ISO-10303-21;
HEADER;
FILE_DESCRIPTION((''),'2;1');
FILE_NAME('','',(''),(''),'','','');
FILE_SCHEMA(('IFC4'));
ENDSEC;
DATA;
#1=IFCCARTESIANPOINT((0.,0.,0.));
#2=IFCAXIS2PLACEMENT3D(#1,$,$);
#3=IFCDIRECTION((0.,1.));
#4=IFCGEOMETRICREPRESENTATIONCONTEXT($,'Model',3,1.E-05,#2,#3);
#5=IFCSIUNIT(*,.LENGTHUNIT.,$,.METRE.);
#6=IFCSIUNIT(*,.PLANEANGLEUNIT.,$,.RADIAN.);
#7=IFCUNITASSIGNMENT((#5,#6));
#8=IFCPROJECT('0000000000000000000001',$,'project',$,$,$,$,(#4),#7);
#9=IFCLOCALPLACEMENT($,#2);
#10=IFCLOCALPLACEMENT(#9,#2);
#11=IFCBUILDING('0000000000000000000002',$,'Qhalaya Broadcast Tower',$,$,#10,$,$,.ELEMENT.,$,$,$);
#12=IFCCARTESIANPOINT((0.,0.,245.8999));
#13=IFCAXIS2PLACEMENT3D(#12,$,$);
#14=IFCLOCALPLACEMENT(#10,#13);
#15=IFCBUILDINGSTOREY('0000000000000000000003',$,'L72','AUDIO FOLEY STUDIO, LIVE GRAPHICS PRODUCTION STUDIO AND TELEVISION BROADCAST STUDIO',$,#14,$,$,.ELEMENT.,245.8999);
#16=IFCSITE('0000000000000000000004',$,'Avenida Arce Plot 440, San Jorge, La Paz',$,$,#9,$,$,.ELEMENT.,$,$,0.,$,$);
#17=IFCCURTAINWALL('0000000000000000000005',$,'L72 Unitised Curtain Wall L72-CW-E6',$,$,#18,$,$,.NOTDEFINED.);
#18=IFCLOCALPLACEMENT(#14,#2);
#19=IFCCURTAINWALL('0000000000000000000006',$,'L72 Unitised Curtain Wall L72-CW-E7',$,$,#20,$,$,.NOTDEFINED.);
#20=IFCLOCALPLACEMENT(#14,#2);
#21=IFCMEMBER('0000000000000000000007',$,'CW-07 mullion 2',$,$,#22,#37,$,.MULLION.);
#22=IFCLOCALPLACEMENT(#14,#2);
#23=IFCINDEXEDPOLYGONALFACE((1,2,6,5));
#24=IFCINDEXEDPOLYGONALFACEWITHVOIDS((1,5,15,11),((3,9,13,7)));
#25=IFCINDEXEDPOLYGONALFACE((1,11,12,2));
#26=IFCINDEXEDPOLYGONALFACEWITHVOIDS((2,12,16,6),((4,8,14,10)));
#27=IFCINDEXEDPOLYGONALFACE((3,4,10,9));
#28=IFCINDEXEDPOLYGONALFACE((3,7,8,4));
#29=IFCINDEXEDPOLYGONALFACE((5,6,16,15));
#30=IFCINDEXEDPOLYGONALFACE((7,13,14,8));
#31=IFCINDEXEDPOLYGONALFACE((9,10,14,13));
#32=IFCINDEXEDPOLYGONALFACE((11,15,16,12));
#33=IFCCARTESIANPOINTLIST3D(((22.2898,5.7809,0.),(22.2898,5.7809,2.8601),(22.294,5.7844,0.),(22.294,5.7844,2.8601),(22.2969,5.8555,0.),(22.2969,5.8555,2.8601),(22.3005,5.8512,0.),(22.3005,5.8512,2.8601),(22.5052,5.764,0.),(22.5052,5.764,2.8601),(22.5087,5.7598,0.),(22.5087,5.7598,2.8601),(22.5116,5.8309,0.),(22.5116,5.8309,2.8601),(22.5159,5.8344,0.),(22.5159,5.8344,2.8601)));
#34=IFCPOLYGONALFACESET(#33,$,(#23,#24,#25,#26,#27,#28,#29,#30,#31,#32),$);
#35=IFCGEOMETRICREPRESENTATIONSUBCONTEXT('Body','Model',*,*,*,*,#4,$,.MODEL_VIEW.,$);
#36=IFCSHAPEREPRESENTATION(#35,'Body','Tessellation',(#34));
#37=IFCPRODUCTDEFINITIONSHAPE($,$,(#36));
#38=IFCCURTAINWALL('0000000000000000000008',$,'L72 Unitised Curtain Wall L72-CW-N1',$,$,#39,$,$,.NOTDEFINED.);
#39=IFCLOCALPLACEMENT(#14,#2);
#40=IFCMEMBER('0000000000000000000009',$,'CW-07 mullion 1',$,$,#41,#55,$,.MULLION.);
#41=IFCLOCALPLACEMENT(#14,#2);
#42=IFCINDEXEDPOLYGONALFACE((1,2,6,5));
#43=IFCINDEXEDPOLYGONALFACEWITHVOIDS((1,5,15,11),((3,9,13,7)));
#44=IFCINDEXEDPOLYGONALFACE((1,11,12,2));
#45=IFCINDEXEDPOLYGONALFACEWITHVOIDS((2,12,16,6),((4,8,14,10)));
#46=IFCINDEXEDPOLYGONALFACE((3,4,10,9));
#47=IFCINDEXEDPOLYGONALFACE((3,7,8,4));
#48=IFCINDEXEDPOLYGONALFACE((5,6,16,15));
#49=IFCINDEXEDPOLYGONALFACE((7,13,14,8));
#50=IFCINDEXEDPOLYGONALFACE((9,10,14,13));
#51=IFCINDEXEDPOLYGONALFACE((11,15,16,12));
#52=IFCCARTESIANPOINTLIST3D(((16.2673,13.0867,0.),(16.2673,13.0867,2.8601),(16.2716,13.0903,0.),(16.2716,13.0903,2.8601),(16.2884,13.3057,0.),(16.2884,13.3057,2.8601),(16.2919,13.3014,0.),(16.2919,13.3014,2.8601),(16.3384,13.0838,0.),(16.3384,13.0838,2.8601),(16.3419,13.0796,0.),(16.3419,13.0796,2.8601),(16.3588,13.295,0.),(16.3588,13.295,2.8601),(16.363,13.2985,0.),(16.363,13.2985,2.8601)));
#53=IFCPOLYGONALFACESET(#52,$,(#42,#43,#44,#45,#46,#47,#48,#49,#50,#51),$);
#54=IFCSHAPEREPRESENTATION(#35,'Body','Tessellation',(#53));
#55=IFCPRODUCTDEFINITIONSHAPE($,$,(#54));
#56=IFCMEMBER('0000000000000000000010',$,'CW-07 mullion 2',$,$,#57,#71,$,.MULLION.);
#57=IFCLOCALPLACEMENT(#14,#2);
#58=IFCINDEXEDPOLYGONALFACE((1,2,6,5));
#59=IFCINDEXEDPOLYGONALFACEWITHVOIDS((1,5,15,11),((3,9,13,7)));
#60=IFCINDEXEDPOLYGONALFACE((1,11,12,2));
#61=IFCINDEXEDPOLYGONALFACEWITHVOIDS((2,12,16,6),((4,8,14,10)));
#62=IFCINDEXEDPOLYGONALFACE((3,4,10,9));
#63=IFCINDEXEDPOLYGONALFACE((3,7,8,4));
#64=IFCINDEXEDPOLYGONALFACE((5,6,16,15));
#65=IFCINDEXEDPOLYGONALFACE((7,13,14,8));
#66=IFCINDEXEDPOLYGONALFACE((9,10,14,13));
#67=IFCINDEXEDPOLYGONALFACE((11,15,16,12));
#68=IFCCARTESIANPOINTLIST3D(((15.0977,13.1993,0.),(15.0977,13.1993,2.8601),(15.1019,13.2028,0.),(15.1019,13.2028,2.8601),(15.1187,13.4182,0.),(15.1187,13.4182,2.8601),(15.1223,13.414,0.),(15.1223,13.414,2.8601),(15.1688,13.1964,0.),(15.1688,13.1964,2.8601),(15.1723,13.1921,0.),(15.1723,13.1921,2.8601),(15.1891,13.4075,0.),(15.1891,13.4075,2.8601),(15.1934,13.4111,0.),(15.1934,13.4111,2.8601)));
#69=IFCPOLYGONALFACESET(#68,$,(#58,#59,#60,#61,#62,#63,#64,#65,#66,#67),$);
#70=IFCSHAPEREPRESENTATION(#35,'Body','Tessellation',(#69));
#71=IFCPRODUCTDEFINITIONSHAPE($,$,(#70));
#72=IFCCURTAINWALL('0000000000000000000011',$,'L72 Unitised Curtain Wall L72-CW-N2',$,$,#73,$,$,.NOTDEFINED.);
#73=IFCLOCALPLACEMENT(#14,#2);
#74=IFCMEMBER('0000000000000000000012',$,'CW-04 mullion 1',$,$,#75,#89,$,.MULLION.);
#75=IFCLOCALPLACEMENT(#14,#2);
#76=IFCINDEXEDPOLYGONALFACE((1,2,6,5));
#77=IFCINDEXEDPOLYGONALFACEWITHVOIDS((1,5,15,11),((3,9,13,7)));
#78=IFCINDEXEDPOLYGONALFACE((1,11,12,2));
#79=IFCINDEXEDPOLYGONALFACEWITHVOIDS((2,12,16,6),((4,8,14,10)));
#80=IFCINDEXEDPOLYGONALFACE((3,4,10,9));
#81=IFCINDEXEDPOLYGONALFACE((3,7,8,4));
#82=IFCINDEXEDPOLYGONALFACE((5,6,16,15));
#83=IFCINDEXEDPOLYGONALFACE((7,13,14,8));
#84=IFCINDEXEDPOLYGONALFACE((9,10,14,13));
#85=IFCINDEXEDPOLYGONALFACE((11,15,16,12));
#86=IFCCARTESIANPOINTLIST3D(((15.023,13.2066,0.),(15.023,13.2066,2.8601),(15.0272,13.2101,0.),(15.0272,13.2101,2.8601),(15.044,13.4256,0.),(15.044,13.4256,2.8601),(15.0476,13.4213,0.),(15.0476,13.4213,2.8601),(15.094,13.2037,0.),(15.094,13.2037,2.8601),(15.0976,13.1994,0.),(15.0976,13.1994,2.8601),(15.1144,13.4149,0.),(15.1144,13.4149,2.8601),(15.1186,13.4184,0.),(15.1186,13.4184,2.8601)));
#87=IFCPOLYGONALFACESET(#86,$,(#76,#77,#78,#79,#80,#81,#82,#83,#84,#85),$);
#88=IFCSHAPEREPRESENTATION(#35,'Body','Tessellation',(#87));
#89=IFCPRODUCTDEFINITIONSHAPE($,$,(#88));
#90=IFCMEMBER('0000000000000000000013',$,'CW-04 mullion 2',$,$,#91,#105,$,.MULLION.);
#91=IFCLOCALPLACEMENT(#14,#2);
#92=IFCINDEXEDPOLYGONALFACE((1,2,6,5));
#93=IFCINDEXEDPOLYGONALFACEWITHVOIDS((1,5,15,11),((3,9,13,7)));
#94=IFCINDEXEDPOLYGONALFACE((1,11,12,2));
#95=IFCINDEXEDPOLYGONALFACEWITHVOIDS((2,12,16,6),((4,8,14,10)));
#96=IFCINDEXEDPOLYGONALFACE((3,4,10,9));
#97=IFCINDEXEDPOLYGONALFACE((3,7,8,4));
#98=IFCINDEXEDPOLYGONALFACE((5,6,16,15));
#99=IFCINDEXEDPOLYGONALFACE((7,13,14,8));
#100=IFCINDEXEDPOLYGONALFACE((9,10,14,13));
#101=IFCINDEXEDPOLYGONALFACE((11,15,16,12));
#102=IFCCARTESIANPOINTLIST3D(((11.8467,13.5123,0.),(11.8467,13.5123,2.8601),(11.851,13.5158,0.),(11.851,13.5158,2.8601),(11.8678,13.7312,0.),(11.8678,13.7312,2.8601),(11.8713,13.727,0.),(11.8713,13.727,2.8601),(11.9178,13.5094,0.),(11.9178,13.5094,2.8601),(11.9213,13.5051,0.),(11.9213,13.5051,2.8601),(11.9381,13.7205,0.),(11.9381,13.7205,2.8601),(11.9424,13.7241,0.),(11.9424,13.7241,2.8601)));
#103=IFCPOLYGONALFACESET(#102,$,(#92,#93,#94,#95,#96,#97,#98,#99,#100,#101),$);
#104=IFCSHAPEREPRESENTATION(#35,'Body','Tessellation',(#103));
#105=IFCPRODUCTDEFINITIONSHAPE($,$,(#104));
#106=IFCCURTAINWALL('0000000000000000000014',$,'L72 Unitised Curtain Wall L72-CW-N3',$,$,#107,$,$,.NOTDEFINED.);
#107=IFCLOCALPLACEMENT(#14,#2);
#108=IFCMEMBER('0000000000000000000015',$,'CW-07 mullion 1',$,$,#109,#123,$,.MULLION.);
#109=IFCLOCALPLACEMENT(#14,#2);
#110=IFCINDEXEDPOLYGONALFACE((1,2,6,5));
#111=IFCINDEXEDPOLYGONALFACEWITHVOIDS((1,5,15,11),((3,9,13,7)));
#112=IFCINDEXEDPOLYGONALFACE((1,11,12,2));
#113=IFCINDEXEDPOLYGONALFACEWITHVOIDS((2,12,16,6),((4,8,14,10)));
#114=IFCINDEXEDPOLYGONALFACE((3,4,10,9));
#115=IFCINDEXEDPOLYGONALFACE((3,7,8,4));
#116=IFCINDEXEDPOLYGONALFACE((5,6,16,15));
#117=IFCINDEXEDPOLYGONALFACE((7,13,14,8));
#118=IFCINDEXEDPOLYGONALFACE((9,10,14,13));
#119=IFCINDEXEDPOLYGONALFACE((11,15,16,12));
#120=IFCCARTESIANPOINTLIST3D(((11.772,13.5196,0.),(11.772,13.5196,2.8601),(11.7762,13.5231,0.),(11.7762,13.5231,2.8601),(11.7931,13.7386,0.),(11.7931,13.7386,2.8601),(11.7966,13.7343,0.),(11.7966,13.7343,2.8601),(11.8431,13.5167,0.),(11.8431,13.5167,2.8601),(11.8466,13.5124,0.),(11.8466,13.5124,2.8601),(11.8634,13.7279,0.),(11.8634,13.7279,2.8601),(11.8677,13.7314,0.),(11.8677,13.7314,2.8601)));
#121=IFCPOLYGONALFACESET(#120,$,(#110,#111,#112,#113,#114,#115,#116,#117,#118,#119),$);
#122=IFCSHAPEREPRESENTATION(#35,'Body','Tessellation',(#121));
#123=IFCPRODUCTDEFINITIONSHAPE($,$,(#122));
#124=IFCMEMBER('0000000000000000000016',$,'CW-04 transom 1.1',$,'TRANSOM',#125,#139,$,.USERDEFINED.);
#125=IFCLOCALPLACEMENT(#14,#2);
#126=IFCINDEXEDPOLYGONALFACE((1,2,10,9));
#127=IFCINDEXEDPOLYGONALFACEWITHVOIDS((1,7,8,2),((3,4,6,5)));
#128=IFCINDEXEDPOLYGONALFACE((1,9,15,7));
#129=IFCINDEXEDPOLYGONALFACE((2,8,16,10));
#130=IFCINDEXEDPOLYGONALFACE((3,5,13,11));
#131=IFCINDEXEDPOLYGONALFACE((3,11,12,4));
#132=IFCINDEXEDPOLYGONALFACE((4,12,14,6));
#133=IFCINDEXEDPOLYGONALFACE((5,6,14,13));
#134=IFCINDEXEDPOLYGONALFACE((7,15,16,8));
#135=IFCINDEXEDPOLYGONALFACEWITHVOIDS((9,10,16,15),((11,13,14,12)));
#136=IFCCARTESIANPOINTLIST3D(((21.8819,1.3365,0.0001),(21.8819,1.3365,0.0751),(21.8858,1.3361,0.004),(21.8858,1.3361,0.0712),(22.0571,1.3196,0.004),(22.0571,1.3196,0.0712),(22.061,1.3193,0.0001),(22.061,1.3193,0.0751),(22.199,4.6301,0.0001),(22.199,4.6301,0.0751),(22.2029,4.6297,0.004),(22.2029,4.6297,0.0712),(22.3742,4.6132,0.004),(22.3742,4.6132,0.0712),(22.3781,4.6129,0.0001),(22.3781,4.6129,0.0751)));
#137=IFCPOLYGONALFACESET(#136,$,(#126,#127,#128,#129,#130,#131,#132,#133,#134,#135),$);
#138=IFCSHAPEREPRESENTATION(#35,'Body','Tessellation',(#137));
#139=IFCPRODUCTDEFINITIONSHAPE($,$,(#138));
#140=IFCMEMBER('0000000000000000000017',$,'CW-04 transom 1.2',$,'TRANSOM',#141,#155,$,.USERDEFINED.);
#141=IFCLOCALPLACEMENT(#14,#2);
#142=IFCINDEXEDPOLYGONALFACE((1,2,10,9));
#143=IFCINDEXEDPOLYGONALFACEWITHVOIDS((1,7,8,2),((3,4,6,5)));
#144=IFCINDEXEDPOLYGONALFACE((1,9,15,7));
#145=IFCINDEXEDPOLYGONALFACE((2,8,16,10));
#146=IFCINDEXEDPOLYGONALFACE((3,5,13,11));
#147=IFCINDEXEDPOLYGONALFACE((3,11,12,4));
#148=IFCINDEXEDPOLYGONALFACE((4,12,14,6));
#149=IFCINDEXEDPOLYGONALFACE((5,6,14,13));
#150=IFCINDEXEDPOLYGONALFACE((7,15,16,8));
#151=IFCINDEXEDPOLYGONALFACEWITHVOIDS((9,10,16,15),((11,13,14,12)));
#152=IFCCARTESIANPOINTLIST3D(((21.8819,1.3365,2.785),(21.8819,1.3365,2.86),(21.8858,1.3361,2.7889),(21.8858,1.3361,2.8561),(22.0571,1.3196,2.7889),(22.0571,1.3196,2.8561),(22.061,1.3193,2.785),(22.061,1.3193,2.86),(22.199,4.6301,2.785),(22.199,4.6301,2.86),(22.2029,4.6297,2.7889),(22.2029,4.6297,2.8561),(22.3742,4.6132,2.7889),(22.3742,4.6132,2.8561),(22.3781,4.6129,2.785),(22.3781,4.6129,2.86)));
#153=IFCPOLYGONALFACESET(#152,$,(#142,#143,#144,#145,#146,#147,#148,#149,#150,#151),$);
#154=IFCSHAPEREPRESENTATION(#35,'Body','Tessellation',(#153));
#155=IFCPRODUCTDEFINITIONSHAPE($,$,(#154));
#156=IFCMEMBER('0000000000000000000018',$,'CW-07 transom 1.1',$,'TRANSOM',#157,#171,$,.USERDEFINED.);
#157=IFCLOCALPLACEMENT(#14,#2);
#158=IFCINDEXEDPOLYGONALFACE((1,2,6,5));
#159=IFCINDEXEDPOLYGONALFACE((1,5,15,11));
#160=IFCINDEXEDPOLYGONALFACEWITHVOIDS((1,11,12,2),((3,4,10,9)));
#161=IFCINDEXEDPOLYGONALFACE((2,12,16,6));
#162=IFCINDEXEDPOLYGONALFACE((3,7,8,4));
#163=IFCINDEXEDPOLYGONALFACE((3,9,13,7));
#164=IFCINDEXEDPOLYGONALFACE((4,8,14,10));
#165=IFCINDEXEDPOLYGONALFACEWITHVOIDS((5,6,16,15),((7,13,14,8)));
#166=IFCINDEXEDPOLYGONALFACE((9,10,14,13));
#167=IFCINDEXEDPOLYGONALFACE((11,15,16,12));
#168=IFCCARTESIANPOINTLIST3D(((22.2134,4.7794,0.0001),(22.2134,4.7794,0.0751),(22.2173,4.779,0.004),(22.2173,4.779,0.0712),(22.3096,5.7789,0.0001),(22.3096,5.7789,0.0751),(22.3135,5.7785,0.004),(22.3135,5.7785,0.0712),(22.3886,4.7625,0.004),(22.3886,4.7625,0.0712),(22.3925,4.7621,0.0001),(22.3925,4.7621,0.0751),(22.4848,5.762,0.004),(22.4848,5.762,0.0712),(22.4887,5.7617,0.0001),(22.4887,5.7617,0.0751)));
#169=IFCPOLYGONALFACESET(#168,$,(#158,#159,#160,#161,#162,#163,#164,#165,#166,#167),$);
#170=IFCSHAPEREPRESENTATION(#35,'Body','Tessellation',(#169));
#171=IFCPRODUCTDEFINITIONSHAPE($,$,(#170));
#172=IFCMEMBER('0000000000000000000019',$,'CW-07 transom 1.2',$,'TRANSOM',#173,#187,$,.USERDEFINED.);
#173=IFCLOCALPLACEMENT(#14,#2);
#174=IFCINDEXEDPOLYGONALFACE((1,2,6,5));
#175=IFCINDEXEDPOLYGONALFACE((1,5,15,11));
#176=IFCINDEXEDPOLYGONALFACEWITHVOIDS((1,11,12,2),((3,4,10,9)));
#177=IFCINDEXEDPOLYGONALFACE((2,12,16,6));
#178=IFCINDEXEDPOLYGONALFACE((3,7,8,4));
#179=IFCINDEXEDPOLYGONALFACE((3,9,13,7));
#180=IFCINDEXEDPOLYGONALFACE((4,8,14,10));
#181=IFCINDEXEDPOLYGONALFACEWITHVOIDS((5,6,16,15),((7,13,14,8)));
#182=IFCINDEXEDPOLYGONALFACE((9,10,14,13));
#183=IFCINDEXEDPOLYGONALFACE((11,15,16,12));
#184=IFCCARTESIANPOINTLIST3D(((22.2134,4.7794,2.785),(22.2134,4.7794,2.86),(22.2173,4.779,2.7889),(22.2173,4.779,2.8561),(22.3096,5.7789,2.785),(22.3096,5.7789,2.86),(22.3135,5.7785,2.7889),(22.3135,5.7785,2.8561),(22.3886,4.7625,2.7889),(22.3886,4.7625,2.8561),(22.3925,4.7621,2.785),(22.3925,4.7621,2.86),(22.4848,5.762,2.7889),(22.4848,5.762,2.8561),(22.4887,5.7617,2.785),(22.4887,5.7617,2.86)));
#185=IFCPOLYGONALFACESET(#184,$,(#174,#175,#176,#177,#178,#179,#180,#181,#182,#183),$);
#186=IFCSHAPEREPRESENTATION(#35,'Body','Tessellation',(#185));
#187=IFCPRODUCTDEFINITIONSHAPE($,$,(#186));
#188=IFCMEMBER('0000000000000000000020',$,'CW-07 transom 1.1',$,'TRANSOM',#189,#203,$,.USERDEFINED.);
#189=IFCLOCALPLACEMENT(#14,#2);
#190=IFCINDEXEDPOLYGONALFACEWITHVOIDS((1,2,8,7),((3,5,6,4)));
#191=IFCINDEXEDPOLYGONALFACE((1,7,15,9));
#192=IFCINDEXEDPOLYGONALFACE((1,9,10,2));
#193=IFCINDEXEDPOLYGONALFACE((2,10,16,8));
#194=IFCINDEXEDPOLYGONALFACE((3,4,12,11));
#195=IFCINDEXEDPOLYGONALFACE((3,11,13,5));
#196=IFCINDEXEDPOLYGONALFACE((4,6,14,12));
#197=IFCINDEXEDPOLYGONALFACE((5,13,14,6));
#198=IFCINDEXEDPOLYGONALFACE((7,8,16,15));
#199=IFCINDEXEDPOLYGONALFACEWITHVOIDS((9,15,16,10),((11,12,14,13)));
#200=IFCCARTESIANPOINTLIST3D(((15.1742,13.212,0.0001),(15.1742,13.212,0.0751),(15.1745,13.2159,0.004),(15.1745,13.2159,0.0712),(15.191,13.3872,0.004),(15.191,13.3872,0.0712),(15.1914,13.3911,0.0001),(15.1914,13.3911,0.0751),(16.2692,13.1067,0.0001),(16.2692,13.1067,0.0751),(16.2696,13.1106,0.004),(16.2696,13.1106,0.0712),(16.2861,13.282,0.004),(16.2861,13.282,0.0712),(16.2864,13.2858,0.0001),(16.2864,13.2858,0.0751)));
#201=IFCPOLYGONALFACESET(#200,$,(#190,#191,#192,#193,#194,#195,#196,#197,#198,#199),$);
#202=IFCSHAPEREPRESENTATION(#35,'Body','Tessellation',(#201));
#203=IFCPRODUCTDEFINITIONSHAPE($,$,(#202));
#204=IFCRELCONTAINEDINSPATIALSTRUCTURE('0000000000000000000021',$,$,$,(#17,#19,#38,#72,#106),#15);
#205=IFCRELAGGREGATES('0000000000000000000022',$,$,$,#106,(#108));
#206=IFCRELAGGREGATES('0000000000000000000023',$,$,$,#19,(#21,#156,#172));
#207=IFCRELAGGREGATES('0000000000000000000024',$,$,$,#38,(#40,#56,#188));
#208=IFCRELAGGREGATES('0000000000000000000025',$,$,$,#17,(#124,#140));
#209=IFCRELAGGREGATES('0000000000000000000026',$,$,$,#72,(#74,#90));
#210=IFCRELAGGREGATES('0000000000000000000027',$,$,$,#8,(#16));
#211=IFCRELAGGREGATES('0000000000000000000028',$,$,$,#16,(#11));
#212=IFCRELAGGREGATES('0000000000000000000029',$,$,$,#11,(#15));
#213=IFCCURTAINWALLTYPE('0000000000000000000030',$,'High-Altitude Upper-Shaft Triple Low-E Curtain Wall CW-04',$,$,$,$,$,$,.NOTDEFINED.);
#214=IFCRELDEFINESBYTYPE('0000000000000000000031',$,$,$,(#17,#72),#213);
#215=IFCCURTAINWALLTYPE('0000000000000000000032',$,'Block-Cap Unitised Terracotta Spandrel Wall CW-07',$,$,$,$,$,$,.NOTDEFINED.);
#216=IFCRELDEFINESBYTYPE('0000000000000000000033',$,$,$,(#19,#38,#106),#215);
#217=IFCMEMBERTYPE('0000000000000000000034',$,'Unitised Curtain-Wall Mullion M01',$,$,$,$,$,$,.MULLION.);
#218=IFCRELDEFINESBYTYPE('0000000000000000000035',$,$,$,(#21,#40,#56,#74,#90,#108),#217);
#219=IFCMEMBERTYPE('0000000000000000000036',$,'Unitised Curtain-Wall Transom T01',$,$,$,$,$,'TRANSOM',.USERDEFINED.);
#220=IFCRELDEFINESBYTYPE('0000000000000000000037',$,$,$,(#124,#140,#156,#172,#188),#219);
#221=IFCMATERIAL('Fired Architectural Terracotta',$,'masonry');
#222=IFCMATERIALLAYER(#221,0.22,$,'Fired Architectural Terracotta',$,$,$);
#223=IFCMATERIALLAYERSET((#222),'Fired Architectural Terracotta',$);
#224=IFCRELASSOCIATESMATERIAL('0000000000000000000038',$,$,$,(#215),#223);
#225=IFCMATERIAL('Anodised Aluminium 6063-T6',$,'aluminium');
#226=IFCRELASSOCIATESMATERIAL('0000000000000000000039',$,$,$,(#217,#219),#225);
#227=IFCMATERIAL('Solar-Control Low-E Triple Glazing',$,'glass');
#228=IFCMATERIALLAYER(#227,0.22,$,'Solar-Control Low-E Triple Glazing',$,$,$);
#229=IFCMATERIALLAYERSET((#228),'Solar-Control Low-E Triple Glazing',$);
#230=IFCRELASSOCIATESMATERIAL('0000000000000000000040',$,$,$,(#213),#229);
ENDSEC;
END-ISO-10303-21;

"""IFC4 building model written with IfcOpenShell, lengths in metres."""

from ifc_helpers import new_model, si_unit, direction, frame, origin, origin_2d, place, context, subcontext, project, spatial, hollow_rectangle, extrude, material, layer, layer_set, material_profile, profile_set, type_object, element, aggregate, save


model = new_model("IFC4")

# Units and contexts
model_context = context("Model", 3, precision=1e-05, world=origin(), true_north=direction((0.0, 1.0)))
body_context = subcontext(model_context, "Body", "Model", "MODEL_VIEW")
ifc_project = project(units=[si_unit("LENGTHUNIT", "METRE"), si_unit("PLANEANGLEUNIT", "RADIAN")], contexts=[model_context])

# Site, building, storey
site_placement = place(None, origin())
site = spatial("IfcSite", under=ifc_project, at=site_placement, Name="Avenida Arce Plot 440, San Jorge, La Paz", CompositionType="ELEMENT", RefElevation=0.0)
building_placement = place(site_placement, origin())
building = spatial("IfcBuilding", under=site, at=building_placement, Name="Qhalaya Broadcast Tower", CompositionType="ELEMENT")
storey_placement = place(building_placement, frame((0.0, 0.0, 245.8999)))
storey = spatial("IfcBuildingStorey", under=building, at=storey_placement, Name="L72", Description="AUDIO FOLEY STUDIO, LIVE GRAPHICS PRODUCTION STUDIO AND TELEVISION BROADCAST STUDIO", CompositionType="ELEMENT", Elevation=245.8999)

# Shared definitions
ifc_material_1 = material(Name="Fired Architectural Terracotta", Category="masonry")
ifc_layer_1 = layer(ifc_material_1, 0.22, Name="Fired Architectural Terracotta")
ifc_layer_set_1 = layer_set([ifc_layer_1], Name="Fired Architectural Terracotta")
curtain_wall_type_1 = type_object("IfcCurtainWallType", Name="Block-Cap Unitised Terracotta Spandrel Wall CW-07", PredefinedType="NOTDEFINED", material=ifc_layer_set_1)
ifc_material_2 = material(Name="Anodised Aluminium 6063-T6", Category="aluminium")
ifc_material_profile_1 = material_profile(ifc_material_2, hollow_rectangle(XDim=0.075, YDim=0.22, WallThickness=0.0039, at=origin_2d()), Name="ALU-MUL 75x220x4")
ifc_profile_set_1 = profile_set([ifc_material_profile_1], Name="Anodised Aluminium 6063-T6")
member_type_1 = type_object("IfcMemberType", Name="Unitised Curtain-Wall Mullion M01", PredefinedType="MULLION", material=ifc_profile_set_1)

# Curtain walls, members
ifc_material_3 = material(Name="Solar-Control Low-E Triple Glazing", Category="glass")
ifc_layer_2 = layer(ifc_material_3, 0.22, Name="Solar-Control Low-E Triple Glazing")
ifc_layer_set_2 = layer_set([ifc_layer_2], Name="Solar-Control Low-E Triple Glazing")
curtain_wall_type_2 = type_object("IfcCurtainWallType", Name="High-Altitude Upper-Shaft Triple Low-E Curtain Wall CW-04", PredefinedType="NOTDEFINED", material=ifc_layer_set_2)
curtain_wall_1_placement = place(storey_placement, origin())
curtain_wall_1 = element("IfcCurtainWall", 1, at=curtain_wall_1_placement, inside=storey, type_object=curtain_wall_type_2, Name="L72 Unitised Curtain Wall L72-CW-E6", PredefinedType="NOTDEFINED")
curtain_wall_2_placement = place(storey_placement, origin())
curtain_wall_2 = element("IfcCurtainWall", 2, at=curtain_wall_2_placement, inside=storey, type_object=curtain_wall_type_1, Name="L72 Unitised Curtain Wall L72-CW-E7", PredefinedType="NOTDEFINED")
member_1_placement = place(storey_placement, frame((22.4028, 5.8076, 0.0), z_axis=(0.0, 0.0, 1.0), x_axis=(0.09584, 0.995397, 0.0)))
member_1 = element("IfcMember", 3, at=member_1_placement, type_object=member_type_1, Name="CW-07 mullion 2", PredefinedType="MULLION", context=body_context, shape_type="SweptSolid", body=[
    extrude(hollow_rectangle(XDim=0.075, YDim=0.22, WallThickness=0.0039, at=origin_2d()), origin(), (0.0, 0.0, 1.0), 2.8601),
])
curtain_wall_3_placement = place(storey_placement, origin())
curtain_wall_3 = element("IfcCurtainWall", 4, at=curtain_wall_3_placement, inside=storey, type_object=curtain_wall_type_1, Name="L72 Unitised Curtain Wall L72-CW-N1", PredefinedType="NOTDEFINED")
member_2_placement = place(storey_placement, frame((16.3152, 13.1926, 0.0), z_axis=(0.0, 0.0, 1.0), x_axis=(-0.995396, 0.095844, 0.0)))
member_2 = element("IfcMember", 5, at=member_2_placement, type_object=member_type_1, Name="CW-07 mullion 1", PredefinedType="MULLION", context=body_context, shape_type="SweptSolid", body=[
    extrude(hollow_rectangle(XDim=0.075, YDim=0.22, WallThickness=0.0039, at=origin_2d()), origin(), (0.0, 0.0, 1.0), 2.8601),
])
member_3_placement = place(storey_placement, frame((15.1455, 13.3052, 0.0), z_axis=(0.0, 0.0, 1.0), x_axis=(-0.995396, 0.095844, 0.0)))
member_3 = element("IfcMember", 6, at=member_3_placement, type_object=member_type_1, Name="CW-07 mullion 2", PredefinedType="MULLION", context=body_context, shape_type="SweptSolid", body=[
    extrude(hollow_rectangle(XDim=0.075, YDim=0.22, WallThickness=0.0039, at=origin_2d()), origin(), (0.0, 0.0, 1.0), 2.8601),
])
curtain_wall_4_placement = place(storey_placement, origin())
curtain_wall_4 = element("IfcCurtainWall", 7, at=curtain_wall_4_placement, inside=storey, type_object=curtain_wall_type_2, Name="L72 Unitised Curtain Wall L72-CW-N2", PredefinedType="NOTDEFINED")
member_4_placement = place(storey_placement, frame((15.0708, 13.3125, 0.0), z_axis=(0.0, 0.0, 1.0), x_axis=(-0.995397, 0.095835, 0.0)))
member_4 = element("IfcMember", 8, at=member_4_placement, type_object=member_type_1, Name="CW-04 mullion 1", PredefinedType="MULLION", context=body_context, shape_type="SweptSolid", body=[
    extrude(hollow_rectangle(XDim=0.075, YDim=0.22, WallThickness=0.0039, at=origin_2d()), origin(), (0.0, 0.0, 1.0), 2.8601),
])
member_5_placement = place(storey_placement, frame((11.8945, 13.6182, 0.0), z_axis=(0.0, 0.0, 1.0), x_axis=(-0.995397, 0.095835, 0.0)))
member_5 = element("IfcMember", 9, at=member_5_placement, type_object=member_type_1, Name="CW-04 mullion 2", PredefinedType="MULLION", context=body_context, shape_type="SweptSolid", body=[
    extrude(hollow_rectangle(XDim=0.075, YDim=0.22, WallThickness=0.0039, at=origin_2d()), origin(), (0.0, 0.0, 1.0), 2.8601),
])

# Curtain wall, member
curtain_wall_5_placement = place(storey_placement, origin())
curtain_wall_5 = element("IfcCurtainWall", 10, at=curtain_wall_5_placement, inside=storey, type_object=curtain_wall_type_1, Name="L72 Unitised Curtain Wall L72-CW-N3", PredefinedType="NOTDEFINED")
member_6_placement = place(storey_placement, frame((11.8198, 13.6255, 0.0), z_axis=(0.0, 0.0, 1.0), x_axis=(-0.995395, 0.09586, 0.0)))
member_6 = element("IfcMember", 11, at=member_6_placement, type_object=member_type_1, Name="CW-07 mullion 1", PredefinedType="MULLION", context=body_context, shape_type="SweptSolid", body=[
    extrude(hollow_rectangle(XDim=0.075, YDim=0.22, WallThickness=0.0039, at=origin_2d()), origin(), (0.0, 0.0, 1.0), 2.8601),
])

# Members
ifc_material_profile_2 = material_profile(ifc_material_2, hollow_rectangle(XDim=0.075, YDim=0.1799, WallThickness=0.0039, at=origin_2d()), Name="ALU-TRN 75x180x4")
ifc_profile_set_2 = profile_set([ifc_material_profile_2], Name="Anodised Aluminium 6063-T6")
member_type_2 = type_object("IfcMemberType", Name="Unitised Curtain-Wall Transom T01", ElementType="TRANSOM", PredefinedType="USERDEFINED", material=ifc_profile_set_2)
member_7_placement = place(storey_placement, frame((21.9714, 1.3279, 0.0376), z_axis=(0.095843, 0.995396, 0.0), x_axis=(0.0, 0.0, 1.0)))
member_7 = element("IfcMember", 12, at=member_7_placement, type_object=member_type_2, Name="CW-04 transom 1.1", ObjectType="TRANSOM", PredefinedType="USERDEFINED", context=body_context, shape_type="SweptSolid", body=[
    extrude(hollow_rectangle(XDim=0.075, YDim=0.1799, WallThickness=0.0039, at=origin_2d()), origin(), (0.0, 0.0, 1.0), 3.3088),
])
member_8_placement = place(storey_placement, frame((21.9714, 1.3279, 2.8225), z_axis=(0.095843, 0.995396, 0.0), x_axis=(0.0, 0.0, 1.0)))
member_8 = element("IfcMember", 13, at=member_8_placement, type_object=member_type_2, Name="CW-04 transom 1.2", ObjectType="TRANSOM", PredefinedType="USERDEFINED", context=body_context, shape_type="SweptSolid", body=[
    extrude(hollow_rectangle(XDim=0.075, YDim=0.1799, WallThickness=0.0039, at=origin_2d()), origin(), (0.0, 0.0, 1.0), 3.3088),
])
member_9_placement = place(storey_placement, frame((22.303, 4.7708, 0.0376), z_axis=(0.095796, 0.995401, 0.0), x_axis=(0.0, 0.0, 1.0)))
member_9 = element("IfcMember", 14, at=member_9_placement, type_object=member_type_2, Name="CW-07 transom 1.1", ObjectType="TRANSOM", PredefinedType="USERDEFINED", context=body_context, shape_type="SweptSolid", body=[
    extrude(hollow_rectangle(XDim=0.075, YDim=0.1799, WallThickness=0.0039, at=origin_2d()), origin(), (0.0, 0.0, 1.0), 1.0042),
])
member_10_placement = place(storey_placement, frame((22.303, 4.7708, 2.8225), z_axis=(0.095796, 0.995401, 0.0), x_axis=(0.0, 0.0, 1.0)))
member_10 = element("IfcMember", 15, at=member_10_placement, type_object=member_type_2, Name="CW-07 transom 1.2", ObjectType="TRANSOM", PredefinedType="USERDEFINED", context=body_context, shape_type="SweptSolid", body=[
    extrude(hollow_rectangle(XDim=0.075, YDim=0.1799, WallThickness=0.0039, at=origin_2d()), origin(), (0.0, 0.0, 1.0), 1.0042),
])
member_11_placement = place(storey_placement, frame((16.2778, 13.1963, 0.0376), z_axis=(-0.995414, 0.095657, 0.0), x_axis=(0.0, 0.0, 1.0)))
member_11 = element("IfcMember", 16, at=member_11_placement, type_object=member_type_2, Name="CW-07 transom 1.1", ObjectType="TRANSOM", PredefinedType="USERDEFINED", context=body_context, shape_type="SweptSolid", body=[
    extrude(hollow_rectangle(XDim=0.075, YDim=0.1799, WallThickness=0.0039, at=origin_2d()), origin(), (0.0, 0.0, 1.0), 1.1001),
])
aggregate(curtain_wall_5, [member_6])

aggregate(curtain_wall_2, [member_1, member_9, member_10])
aggregate(curtain_wall_3, [member_2, member_3, member_11])
aggregate(curtain_wall_1, [member_7, member_8])
aggregate(curtain_wall_4, [member_4, member_5])

save(model, "model.ifc")
